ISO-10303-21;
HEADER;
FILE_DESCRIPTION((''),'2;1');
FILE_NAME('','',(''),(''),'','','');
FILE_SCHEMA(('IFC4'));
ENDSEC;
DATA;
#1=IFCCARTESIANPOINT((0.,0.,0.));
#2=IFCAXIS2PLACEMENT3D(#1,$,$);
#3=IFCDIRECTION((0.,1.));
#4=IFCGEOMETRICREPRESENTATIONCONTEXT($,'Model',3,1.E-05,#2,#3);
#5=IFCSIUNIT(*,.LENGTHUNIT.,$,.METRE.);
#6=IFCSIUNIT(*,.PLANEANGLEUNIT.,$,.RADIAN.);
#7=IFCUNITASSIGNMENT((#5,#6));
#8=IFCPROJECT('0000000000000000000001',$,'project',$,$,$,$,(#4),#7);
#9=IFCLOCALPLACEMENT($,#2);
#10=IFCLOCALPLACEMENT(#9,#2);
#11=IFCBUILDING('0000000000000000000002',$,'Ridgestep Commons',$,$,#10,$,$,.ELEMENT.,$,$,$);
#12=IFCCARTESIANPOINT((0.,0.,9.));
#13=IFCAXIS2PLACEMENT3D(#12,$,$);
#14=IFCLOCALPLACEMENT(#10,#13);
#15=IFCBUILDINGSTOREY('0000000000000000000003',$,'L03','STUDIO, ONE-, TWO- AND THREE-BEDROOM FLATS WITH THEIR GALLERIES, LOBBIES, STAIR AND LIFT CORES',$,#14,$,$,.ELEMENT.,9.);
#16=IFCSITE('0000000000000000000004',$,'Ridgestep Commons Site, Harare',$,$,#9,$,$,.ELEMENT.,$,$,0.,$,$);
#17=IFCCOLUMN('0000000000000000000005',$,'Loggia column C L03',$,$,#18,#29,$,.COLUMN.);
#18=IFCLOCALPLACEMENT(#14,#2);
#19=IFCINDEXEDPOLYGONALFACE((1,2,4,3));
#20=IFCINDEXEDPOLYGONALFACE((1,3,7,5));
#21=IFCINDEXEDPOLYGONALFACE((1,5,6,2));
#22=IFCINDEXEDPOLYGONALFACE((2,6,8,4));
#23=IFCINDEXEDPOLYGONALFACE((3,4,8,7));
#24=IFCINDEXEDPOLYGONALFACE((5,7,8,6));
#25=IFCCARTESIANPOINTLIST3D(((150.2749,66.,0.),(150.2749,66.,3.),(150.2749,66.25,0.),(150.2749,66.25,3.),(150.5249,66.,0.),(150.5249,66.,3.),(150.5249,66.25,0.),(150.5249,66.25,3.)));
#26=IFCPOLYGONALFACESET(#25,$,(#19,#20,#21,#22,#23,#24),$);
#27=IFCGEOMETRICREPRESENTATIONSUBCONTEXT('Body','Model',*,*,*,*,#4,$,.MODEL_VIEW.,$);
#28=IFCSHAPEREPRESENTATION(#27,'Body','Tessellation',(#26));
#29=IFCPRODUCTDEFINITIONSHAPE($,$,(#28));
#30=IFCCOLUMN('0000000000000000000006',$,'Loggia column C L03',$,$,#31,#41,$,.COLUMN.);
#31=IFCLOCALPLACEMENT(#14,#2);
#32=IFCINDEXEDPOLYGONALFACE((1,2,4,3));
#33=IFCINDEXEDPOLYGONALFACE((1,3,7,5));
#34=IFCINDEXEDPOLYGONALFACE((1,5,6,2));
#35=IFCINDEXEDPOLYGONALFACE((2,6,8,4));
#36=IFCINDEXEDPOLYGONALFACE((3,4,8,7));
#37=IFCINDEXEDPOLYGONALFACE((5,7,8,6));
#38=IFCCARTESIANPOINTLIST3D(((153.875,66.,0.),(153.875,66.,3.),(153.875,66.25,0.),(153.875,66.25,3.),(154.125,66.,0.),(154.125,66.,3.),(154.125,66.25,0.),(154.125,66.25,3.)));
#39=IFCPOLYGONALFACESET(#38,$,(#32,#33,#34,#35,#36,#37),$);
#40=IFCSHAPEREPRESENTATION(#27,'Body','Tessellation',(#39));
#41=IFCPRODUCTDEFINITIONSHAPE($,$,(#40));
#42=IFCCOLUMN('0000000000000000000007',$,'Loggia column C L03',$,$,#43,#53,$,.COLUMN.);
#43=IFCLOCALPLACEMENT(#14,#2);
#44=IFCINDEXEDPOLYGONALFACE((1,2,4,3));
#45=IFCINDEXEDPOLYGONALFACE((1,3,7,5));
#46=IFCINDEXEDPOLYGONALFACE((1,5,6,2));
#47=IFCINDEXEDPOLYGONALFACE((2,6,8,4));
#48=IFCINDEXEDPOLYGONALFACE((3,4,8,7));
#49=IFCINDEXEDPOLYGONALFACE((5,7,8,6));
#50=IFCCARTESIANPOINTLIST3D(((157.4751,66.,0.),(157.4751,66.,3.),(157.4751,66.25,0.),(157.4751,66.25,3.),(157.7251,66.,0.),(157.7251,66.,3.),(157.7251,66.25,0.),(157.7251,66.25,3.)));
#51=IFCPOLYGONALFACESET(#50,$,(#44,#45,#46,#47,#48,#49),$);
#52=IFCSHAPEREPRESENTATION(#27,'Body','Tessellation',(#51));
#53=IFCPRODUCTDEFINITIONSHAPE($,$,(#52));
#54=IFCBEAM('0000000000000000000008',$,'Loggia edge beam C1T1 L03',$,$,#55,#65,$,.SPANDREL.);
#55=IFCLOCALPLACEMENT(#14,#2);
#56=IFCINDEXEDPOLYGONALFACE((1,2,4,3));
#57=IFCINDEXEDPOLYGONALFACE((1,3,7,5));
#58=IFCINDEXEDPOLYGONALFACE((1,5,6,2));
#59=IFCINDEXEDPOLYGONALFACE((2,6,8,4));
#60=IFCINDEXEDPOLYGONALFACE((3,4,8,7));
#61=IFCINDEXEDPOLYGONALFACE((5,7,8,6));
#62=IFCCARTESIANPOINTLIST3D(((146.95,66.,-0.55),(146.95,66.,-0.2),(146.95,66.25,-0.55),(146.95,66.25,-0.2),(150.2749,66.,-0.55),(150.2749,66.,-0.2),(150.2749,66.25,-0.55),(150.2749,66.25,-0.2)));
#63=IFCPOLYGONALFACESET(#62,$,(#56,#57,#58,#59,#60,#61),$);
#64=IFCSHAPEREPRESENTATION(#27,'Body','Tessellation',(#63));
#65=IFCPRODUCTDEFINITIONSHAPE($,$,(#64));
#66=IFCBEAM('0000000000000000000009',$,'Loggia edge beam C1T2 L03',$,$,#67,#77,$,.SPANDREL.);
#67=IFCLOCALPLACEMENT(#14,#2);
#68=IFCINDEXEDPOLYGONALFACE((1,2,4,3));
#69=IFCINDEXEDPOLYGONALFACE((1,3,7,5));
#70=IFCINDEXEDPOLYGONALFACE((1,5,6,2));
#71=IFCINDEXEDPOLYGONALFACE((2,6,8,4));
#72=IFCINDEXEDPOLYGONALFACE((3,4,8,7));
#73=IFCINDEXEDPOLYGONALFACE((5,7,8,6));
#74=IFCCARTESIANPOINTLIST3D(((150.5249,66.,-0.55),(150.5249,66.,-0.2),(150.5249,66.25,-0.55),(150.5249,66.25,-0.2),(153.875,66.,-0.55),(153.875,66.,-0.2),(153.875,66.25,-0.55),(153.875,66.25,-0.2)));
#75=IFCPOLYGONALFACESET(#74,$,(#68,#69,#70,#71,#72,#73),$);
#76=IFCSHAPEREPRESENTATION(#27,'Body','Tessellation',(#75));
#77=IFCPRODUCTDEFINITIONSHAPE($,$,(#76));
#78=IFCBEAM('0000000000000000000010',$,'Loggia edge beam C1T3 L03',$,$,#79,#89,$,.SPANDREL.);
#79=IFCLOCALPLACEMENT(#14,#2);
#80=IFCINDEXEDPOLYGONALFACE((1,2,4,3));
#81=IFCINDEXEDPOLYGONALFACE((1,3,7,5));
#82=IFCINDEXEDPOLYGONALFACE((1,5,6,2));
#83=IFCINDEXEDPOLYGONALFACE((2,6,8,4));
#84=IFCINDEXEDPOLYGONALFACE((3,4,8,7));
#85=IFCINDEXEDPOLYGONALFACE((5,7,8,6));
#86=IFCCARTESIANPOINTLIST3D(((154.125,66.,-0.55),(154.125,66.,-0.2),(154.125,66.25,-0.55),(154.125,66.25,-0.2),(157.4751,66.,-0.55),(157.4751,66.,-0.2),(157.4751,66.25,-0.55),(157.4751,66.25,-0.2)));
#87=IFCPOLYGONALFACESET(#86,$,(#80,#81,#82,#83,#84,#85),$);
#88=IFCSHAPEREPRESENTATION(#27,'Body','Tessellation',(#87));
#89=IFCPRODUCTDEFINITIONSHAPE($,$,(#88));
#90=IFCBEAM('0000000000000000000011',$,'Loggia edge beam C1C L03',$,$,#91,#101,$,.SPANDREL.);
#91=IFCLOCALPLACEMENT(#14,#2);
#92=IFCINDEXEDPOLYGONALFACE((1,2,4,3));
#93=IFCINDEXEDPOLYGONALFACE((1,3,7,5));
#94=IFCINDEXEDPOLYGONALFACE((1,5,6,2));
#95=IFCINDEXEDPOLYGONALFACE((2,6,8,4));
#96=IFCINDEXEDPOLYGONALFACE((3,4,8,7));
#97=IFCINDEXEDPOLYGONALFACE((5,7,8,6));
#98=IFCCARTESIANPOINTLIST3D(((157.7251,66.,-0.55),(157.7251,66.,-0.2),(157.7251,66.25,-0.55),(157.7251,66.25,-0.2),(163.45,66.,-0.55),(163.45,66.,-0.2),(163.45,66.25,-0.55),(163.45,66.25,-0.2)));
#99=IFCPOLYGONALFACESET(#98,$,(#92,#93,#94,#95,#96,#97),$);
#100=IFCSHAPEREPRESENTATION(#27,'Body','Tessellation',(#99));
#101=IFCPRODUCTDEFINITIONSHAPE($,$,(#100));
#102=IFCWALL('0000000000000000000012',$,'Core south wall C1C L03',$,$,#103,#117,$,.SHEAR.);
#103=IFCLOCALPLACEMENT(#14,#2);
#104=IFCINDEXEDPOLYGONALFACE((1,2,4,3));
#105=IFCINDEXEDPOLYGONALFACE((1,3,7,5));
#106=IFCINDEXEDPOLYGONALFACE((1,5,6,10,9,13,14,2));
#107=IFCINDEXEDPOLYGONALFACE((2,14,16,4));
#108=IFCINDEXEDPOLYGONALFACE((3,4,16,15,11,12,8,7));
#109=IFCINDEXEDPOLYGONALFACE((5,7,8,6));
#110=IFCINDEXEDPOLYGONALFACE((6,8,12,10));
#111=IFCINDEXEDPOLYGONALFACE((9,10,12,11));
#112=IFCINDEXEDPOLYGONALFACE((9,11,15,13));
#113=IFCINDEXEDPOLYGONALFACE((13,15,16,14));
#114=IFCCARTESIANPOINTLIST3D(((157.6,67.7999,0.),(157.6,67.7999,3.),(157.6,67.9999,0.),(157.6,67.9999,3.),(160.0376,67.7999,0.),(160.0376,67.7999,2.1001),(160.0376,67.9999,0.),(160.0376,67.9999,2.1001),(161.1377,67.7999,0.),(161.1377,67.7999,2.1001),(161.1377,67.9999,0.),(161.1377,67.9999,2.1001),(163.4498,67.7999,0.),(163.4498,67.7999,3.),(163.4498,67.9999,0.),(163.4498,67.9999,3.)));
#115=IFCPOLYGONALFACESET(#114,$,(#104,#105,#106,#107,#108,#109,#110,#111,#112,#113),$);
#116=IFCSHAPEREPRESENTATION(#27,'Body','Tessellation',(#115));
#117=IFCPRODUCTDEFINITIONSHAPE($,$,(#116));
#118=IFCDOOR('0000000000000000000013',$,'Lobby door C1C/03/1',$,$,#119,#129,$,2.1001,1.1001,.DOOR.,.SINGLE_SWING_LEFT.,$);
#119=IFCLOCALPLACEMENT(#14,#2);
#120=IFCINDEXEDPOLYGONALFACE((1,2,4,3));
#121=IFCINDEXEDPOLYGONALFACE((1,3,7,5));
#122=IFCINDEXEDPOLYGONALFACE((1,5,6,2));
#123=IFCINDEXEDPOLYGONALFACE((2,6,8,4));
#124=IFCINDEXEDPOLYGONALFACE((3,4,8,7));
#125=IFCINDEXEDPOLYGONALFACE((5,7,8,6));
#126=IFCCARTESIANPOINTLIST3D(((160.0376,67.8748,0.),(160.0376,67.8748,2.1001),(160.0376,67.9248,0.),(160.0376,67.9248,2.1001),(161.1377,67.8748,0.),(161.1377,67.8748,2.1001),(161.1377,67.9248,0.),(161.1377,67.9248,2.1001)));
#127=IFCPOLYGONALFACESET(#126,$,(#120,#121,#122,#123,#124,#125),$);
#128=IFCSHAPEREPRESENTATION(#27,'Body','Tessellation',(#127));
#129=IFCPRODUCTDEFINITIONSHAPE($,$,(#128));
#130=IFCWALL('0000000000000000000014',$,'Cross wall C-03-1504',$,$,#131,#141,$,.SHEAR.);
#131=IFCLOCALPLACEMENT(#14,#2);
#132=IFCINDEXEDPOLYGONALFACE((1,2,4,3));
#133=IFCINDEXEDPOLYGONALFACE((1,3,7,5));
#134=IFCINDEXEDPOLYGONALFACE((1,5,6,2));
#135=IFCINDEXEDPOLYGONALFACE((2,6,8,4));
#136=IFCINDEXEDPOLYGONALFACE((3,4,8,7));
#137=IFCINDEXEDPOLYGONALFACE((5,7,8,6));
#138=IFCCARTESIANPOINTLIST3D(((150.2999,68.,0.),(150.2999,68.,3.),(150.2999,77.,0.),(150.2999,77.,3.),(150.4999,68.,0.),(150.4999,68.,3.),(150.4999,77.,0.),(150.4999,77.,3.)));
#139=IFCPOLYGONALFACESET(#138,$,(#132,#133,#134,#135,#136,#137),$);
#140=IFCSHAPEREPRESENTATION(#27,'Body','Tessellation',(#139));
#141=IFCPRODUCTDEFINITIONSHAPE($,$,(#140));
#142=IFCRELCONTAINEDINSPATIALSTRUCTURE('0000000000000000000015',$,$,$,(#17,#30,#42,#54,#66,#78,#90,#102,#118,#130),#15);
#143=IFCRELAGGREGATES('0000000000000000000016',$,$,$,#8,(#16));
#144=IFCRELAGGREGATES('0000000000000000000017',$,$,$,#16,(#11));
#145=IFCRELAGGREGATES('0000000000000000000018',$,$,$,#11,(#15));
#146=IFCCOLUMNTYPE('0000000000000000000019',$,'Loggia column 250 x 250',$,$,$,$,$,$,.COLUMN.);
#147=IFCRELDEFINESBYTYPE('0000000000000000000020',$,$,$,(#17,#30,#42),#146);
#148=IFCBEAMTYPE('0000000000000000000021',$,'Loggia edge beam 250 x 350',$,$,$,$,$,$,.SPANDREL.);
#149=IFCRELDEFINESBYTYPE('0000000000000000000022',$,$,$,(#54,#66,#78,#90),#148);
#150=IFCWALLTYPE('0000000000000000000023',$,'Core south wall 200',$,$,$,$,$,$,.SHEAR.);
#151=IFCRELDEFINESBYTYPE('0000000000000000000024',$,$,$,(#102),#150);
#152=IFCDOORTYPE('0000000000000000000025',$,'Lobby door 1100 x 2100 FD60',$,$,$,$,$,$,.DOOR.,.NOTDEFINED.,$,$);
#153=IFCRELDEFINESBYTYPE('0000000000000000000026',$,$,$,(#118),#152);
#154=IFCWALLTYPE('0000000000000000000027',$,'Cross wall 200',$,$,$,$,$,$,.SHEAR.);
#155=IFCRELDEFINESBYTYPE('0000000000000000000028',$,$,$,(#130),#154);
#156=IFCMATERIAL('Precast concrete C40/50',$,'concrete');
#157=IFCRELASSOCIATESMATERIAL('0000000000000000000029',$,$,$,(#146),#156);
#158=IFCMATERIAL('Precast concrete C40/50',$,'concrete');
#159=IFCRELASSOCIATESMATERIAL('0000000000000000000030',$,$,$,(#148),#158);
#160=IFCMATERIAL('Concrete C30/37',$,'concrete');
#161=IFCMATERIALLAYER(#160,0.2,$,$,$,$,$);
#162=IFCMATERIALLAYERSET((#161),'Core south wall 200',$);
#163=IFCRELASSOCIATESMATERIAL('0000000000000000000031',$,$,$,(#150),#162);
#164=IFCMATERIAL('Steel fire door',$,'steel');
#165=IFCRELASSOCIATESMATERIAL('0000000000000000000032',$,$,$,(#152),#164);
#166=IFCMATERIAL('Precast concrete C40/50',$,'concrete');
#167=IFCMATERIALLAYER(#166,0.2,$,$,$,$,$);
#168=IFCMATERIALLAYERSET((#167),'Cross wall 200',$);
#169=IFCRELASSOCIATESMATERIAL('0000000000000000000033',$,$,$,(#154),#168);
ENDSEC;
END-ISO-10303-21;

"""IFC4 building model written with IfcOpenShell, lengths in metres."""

from ifc_helpers import new_model, si_unit, direction, frame, frame_2d, origin, origin_2d, place, context, subcontext, project, spatial, rectangle, extrude, material, layer, layer_set, material_profile, profile_set, type_object, element, fill, save


model = new_model("IFC4")

# Units and contexts
model_context = context("Model", 3, precision=1e-05, world=origin(), true_north=direction((0.0, 1.0)))
body_context = subcontext(model_context, "Body", "Model", "MODEL_VIEW")
ifc_project = project(units=[si_unit("LENGTHUNIT", "METRE"), si_unit("PLANEANGLEUNIT", "RADIAN")], contexts=[model_context])

# Site, building, storey
site_placement = place(None, origin())
site = spatial("IfcSite", under=ifc_project, at=site_placement, Name="Ridgestep Commons Site, Harare", CompositionType="ELEMENT", RefElevation=0.0)
building_placement = place(site_placement, origin())
building = spatial("IfcBuilding", under=site, at=building_placement, Name="Ridgestep Commons", CompositionType="ELEMENT")
storey_placement = place(building_placement, frame((0.0, 0.0, 9.0)))
storey = spatial("IfcBuildingStorey", under=building, at=storey_placement, Name="L03", Description="STUDIO, ONE-, TWO- AND THREE-BEDROOM FLATS WITH THEIR GALLERIES, LOBBIES, STAIR AND LIFT CORES", CompositionType="ELEMENT", Elevation=9.0)

# Columns
ifc_material_1 = material(Name="Precast concrete C40/50", Category="concrete")
ifc_material_profile_1 = material_profile(ifc_material_1, rectangle(XDim=0.25, YDim=0.25, at=origin_2d()), Name="PC 250x250")
ifc_profile_set_1 = profile_set([ifc_material_profile_1], Name="Precast concrete C40/50")
column_type = type_object("IfcColumnType", Name="Loggia column 250 x 250", PredefinedType="COLUMN", material=ifc_profile_set_1)
for number, where, z_axis, x_axis, name in (
    (1, (150.3999, 66.125, 0.0), (0.0, 0.0, 1.0), (1.0, 0.0, 0.0), "Loggia column C L03"),
    (2, (154.0, 66.125, 0.0), (0.0, 0.0, 1.0), (1.0, 0.0, 0.0), "Loggia column C L03"),
    (3, (157.6001, 66.125, 0.0), (0.0, 0.0, 1.0), (1.0, 0.0, 0.0), "Loggia column C L03"),
):
    element("IfcColumn", number, at=place(storey_placement, frame(where, z_axis=z_axis, x_axis=x_axis)), inside=storey, type_object=column_type, Name=name, PredefinedType="COLUMN", context=body_context, shape_type="SweptSolid", body=[
        extrude(rectangle(XDim=0.25, YDim=0.25, at=origin_2d()), origin(), (0.0, 0.0, 1.0), 3.0),
    ])

# Beams
ifc_material_2 = material(Name="Precast concrete C40/50", Category="concrete")
ifc_material_profile_2 = material_profile(ifc_material_2, rectangle(XDim=0.25, YDim=0.3501, at=origin_2d()), Name="PC 250x350")
ifc_profile_set_2 = profile_set([ifc_material_profile_2], Name="Precast concrete C40/50")
beam_type = type_object("IfcBeamType", Name="Loggia edge beam 250 x 350", PredefinedType="SPANDREL", material=ifc_profile_set_2)
beam_1_placement = place(storey_placement, frame((146.95, 66.125, -0.375), z_axis=(1.0, 0.0, 0.0), x_axis=(0.0, 1.0, 0.0)))
element("IfcBeam", 4, at=beam_1_placement, inside=storey, type_object=beam_type, Name="Loggia edge beam C1T1 L03", PredefinedType="SPANDREL", context=body_context, shape_type="SweptSolid", body=[
    extrude(rectangle(XDim=0.25, YDim=0.3501, at=origin_2d()), origin(), (0.0, 0.0, 1.0), 3.325),
])
for number, where, z_axis, x_axis, name in (
    (5, (150.5249, 66.125, -0.375), (1.0, 0.0, 0.0), (0.0, 1.0, 0.0), "Loggia edge beam C1T2 L03"),
    (6, (154.125, 66.125, -0.375), (1.0, 0.0, 0.0), (0.0, 1.0, 0.0), "Loggia edge beam C1T3 L03"),
):
    element("IfcBeam", number, at=place(storey_placement, frame(where, z_axis=z_axis, x_axis=x_axis)), inside=storey, type_object=beam_type, Name=name, PredefinedType="SPANDREL", context=body_context, shape_type="SweptSolid", body=[
        extrude(rectangle(XDim=0.25, YDim=0.3501, at=origin_2d()), origin(), (0.0, 0.0, 1.0), 3.3501),
    ])
beam_2_placement = place(storey_placement, frame((157.7251, 66.125, -0.375), z_axis=(1.0, 0.0, 0.0), x_axis=(0.0, 1.0, 0.0)))
element("IfcBeam", 7, at=beam_2_placement, inside=storey, type_object=beam_type, Name="Loggia edge beam C1C L03", PredefinedType="SPANDREL", context=body_context, shape_type="SweptSolid", body=[
    extrude(rectangle(XDim=0.25, YDim=0.3501, at=origin_2d()), origin(), (0.0, 0.0, 1.0), 5.7249),
])

# Wall, opening, door
ifc_material_3 = material(Name="Concrete C30/37", Category="concrete")
ifc_layer_1 = layer(ifc_material_3, 0.2)
ifc_layer_set_1 = layer_set([ifc_layer_1], Name="Core south wall 200")
wall_type_1 = type_object("IfcWallType", Name="Core south wall 200", PredefinedType="SHEAR", material=ifc_layer_set_1)
wall_1_placement = place(storey_placement, frame((157.6001, 67.8999, 0.0), z_axis=(0.0, 0.0, 1.0), x_axis=(1.0, 0.0, 0.0)))
wall_1 = element("IfcWall", 8, at=wall_1_placement, inside=storey, type_object=wall_type_1, Name="Core south wall C1C L03", PredefinedType="SHEAR", context=body_context, shape_type="SweptSolid", body=[
    extrude(rectangle(XDim=5.8499, YDim=0.2, at=frame_2d((2.9248, 0.0))), origin(), (0.0, 0.0, 1.0), 3.0),
])
opening_1_placement = place(wall_1_placement, frame((2.4375, 0.0, 0.0)))
opening_1 = element("IfcOpeningElement", 9, at=opening_1_placement, cuts=wall_1, PredefinedType="OPENING", context=body_context, shape_type="SweptSolid", body=[
    extrude(rectangle(XDim=1.1001, YDim=2.1001, at=frame_2d((0.55, 1.05))), frame((0.0, 0.1099, 0.0), z_axis=(0.0, -1.0, 0.0), x_axis=(1.0, 0.0, 0.0)), (0.0, 0.0, 1.0), 0.22),
])
ifc_material_4 = material(Name="Steel fire door", Category="steel")
door_type_1 = type_object("IfcDoorType", Name="Lobby door 1100 x 2100 FD60", OperationType="NOTDEFINED", PredefinedType="DOOR", material=ifc_material_4)
door_1_placement = place(opening_1_placement, origin())
door_1 = element("IfcDoor", 10, at=door_1_placement, inside=storey, type_object=door_type_1, Name="Lobby door C1C/03/1", OperationType="SINGLE_SWING_LEFT", OverallHeight=2.1001, OverallWidth=1.1001, PredefinedType="DOOR", context=body_context, shape_type="SweptSolid", body=[
    extrude(rectangle(XDim=1.1001, YDim=2.1001, at=frame_2d((0.55, 1.05))), frame((0.0, 0.0249, 0.0), z_axis=(0.0, -1.0, 0.0), x_axis=(1.0, 0.0, 0.0)), (0.0, 0.0, 1.0), 0.05),
])
fill(opening_1, door_1)

# Wall
ifc_material_5 = material(Name="Precast concrete C40/50", Category="concrete")
ifc_layer_2 = layer(ifc_material_5, 0.2)
ifc_layer_set_2 = layer_set([ifc_layer_2], Name="Cross wall 200")
wall_type_2 = type_object("IfcWallType", Name="Cross wall 200", PredefinedType="SHEAR", material=ifc_layer_set_2)
wall_2_placement = place(storey_placement, frame((150.3999, 68.0, 0.0), z_axis=(0.0, 0.0, 1.0), x_axis=(0.0, 1.0, 0.0)))
element("IfcWall", 11, at=wall_2_placement, inside=storey, type_object=wall_type_2, Name="Cross wall C-03-1504", PredefinedType="SHEAR", context=body_context, shape_type="SweptSolid", body=[
    extrude(rectangle(XDim=9.0, YDim=0.2, at=frame_2d((4.5, 0.0))), origin(), (0.0, 0.0, 1.0), 3.0),
])

save(model, "model.ifc")
